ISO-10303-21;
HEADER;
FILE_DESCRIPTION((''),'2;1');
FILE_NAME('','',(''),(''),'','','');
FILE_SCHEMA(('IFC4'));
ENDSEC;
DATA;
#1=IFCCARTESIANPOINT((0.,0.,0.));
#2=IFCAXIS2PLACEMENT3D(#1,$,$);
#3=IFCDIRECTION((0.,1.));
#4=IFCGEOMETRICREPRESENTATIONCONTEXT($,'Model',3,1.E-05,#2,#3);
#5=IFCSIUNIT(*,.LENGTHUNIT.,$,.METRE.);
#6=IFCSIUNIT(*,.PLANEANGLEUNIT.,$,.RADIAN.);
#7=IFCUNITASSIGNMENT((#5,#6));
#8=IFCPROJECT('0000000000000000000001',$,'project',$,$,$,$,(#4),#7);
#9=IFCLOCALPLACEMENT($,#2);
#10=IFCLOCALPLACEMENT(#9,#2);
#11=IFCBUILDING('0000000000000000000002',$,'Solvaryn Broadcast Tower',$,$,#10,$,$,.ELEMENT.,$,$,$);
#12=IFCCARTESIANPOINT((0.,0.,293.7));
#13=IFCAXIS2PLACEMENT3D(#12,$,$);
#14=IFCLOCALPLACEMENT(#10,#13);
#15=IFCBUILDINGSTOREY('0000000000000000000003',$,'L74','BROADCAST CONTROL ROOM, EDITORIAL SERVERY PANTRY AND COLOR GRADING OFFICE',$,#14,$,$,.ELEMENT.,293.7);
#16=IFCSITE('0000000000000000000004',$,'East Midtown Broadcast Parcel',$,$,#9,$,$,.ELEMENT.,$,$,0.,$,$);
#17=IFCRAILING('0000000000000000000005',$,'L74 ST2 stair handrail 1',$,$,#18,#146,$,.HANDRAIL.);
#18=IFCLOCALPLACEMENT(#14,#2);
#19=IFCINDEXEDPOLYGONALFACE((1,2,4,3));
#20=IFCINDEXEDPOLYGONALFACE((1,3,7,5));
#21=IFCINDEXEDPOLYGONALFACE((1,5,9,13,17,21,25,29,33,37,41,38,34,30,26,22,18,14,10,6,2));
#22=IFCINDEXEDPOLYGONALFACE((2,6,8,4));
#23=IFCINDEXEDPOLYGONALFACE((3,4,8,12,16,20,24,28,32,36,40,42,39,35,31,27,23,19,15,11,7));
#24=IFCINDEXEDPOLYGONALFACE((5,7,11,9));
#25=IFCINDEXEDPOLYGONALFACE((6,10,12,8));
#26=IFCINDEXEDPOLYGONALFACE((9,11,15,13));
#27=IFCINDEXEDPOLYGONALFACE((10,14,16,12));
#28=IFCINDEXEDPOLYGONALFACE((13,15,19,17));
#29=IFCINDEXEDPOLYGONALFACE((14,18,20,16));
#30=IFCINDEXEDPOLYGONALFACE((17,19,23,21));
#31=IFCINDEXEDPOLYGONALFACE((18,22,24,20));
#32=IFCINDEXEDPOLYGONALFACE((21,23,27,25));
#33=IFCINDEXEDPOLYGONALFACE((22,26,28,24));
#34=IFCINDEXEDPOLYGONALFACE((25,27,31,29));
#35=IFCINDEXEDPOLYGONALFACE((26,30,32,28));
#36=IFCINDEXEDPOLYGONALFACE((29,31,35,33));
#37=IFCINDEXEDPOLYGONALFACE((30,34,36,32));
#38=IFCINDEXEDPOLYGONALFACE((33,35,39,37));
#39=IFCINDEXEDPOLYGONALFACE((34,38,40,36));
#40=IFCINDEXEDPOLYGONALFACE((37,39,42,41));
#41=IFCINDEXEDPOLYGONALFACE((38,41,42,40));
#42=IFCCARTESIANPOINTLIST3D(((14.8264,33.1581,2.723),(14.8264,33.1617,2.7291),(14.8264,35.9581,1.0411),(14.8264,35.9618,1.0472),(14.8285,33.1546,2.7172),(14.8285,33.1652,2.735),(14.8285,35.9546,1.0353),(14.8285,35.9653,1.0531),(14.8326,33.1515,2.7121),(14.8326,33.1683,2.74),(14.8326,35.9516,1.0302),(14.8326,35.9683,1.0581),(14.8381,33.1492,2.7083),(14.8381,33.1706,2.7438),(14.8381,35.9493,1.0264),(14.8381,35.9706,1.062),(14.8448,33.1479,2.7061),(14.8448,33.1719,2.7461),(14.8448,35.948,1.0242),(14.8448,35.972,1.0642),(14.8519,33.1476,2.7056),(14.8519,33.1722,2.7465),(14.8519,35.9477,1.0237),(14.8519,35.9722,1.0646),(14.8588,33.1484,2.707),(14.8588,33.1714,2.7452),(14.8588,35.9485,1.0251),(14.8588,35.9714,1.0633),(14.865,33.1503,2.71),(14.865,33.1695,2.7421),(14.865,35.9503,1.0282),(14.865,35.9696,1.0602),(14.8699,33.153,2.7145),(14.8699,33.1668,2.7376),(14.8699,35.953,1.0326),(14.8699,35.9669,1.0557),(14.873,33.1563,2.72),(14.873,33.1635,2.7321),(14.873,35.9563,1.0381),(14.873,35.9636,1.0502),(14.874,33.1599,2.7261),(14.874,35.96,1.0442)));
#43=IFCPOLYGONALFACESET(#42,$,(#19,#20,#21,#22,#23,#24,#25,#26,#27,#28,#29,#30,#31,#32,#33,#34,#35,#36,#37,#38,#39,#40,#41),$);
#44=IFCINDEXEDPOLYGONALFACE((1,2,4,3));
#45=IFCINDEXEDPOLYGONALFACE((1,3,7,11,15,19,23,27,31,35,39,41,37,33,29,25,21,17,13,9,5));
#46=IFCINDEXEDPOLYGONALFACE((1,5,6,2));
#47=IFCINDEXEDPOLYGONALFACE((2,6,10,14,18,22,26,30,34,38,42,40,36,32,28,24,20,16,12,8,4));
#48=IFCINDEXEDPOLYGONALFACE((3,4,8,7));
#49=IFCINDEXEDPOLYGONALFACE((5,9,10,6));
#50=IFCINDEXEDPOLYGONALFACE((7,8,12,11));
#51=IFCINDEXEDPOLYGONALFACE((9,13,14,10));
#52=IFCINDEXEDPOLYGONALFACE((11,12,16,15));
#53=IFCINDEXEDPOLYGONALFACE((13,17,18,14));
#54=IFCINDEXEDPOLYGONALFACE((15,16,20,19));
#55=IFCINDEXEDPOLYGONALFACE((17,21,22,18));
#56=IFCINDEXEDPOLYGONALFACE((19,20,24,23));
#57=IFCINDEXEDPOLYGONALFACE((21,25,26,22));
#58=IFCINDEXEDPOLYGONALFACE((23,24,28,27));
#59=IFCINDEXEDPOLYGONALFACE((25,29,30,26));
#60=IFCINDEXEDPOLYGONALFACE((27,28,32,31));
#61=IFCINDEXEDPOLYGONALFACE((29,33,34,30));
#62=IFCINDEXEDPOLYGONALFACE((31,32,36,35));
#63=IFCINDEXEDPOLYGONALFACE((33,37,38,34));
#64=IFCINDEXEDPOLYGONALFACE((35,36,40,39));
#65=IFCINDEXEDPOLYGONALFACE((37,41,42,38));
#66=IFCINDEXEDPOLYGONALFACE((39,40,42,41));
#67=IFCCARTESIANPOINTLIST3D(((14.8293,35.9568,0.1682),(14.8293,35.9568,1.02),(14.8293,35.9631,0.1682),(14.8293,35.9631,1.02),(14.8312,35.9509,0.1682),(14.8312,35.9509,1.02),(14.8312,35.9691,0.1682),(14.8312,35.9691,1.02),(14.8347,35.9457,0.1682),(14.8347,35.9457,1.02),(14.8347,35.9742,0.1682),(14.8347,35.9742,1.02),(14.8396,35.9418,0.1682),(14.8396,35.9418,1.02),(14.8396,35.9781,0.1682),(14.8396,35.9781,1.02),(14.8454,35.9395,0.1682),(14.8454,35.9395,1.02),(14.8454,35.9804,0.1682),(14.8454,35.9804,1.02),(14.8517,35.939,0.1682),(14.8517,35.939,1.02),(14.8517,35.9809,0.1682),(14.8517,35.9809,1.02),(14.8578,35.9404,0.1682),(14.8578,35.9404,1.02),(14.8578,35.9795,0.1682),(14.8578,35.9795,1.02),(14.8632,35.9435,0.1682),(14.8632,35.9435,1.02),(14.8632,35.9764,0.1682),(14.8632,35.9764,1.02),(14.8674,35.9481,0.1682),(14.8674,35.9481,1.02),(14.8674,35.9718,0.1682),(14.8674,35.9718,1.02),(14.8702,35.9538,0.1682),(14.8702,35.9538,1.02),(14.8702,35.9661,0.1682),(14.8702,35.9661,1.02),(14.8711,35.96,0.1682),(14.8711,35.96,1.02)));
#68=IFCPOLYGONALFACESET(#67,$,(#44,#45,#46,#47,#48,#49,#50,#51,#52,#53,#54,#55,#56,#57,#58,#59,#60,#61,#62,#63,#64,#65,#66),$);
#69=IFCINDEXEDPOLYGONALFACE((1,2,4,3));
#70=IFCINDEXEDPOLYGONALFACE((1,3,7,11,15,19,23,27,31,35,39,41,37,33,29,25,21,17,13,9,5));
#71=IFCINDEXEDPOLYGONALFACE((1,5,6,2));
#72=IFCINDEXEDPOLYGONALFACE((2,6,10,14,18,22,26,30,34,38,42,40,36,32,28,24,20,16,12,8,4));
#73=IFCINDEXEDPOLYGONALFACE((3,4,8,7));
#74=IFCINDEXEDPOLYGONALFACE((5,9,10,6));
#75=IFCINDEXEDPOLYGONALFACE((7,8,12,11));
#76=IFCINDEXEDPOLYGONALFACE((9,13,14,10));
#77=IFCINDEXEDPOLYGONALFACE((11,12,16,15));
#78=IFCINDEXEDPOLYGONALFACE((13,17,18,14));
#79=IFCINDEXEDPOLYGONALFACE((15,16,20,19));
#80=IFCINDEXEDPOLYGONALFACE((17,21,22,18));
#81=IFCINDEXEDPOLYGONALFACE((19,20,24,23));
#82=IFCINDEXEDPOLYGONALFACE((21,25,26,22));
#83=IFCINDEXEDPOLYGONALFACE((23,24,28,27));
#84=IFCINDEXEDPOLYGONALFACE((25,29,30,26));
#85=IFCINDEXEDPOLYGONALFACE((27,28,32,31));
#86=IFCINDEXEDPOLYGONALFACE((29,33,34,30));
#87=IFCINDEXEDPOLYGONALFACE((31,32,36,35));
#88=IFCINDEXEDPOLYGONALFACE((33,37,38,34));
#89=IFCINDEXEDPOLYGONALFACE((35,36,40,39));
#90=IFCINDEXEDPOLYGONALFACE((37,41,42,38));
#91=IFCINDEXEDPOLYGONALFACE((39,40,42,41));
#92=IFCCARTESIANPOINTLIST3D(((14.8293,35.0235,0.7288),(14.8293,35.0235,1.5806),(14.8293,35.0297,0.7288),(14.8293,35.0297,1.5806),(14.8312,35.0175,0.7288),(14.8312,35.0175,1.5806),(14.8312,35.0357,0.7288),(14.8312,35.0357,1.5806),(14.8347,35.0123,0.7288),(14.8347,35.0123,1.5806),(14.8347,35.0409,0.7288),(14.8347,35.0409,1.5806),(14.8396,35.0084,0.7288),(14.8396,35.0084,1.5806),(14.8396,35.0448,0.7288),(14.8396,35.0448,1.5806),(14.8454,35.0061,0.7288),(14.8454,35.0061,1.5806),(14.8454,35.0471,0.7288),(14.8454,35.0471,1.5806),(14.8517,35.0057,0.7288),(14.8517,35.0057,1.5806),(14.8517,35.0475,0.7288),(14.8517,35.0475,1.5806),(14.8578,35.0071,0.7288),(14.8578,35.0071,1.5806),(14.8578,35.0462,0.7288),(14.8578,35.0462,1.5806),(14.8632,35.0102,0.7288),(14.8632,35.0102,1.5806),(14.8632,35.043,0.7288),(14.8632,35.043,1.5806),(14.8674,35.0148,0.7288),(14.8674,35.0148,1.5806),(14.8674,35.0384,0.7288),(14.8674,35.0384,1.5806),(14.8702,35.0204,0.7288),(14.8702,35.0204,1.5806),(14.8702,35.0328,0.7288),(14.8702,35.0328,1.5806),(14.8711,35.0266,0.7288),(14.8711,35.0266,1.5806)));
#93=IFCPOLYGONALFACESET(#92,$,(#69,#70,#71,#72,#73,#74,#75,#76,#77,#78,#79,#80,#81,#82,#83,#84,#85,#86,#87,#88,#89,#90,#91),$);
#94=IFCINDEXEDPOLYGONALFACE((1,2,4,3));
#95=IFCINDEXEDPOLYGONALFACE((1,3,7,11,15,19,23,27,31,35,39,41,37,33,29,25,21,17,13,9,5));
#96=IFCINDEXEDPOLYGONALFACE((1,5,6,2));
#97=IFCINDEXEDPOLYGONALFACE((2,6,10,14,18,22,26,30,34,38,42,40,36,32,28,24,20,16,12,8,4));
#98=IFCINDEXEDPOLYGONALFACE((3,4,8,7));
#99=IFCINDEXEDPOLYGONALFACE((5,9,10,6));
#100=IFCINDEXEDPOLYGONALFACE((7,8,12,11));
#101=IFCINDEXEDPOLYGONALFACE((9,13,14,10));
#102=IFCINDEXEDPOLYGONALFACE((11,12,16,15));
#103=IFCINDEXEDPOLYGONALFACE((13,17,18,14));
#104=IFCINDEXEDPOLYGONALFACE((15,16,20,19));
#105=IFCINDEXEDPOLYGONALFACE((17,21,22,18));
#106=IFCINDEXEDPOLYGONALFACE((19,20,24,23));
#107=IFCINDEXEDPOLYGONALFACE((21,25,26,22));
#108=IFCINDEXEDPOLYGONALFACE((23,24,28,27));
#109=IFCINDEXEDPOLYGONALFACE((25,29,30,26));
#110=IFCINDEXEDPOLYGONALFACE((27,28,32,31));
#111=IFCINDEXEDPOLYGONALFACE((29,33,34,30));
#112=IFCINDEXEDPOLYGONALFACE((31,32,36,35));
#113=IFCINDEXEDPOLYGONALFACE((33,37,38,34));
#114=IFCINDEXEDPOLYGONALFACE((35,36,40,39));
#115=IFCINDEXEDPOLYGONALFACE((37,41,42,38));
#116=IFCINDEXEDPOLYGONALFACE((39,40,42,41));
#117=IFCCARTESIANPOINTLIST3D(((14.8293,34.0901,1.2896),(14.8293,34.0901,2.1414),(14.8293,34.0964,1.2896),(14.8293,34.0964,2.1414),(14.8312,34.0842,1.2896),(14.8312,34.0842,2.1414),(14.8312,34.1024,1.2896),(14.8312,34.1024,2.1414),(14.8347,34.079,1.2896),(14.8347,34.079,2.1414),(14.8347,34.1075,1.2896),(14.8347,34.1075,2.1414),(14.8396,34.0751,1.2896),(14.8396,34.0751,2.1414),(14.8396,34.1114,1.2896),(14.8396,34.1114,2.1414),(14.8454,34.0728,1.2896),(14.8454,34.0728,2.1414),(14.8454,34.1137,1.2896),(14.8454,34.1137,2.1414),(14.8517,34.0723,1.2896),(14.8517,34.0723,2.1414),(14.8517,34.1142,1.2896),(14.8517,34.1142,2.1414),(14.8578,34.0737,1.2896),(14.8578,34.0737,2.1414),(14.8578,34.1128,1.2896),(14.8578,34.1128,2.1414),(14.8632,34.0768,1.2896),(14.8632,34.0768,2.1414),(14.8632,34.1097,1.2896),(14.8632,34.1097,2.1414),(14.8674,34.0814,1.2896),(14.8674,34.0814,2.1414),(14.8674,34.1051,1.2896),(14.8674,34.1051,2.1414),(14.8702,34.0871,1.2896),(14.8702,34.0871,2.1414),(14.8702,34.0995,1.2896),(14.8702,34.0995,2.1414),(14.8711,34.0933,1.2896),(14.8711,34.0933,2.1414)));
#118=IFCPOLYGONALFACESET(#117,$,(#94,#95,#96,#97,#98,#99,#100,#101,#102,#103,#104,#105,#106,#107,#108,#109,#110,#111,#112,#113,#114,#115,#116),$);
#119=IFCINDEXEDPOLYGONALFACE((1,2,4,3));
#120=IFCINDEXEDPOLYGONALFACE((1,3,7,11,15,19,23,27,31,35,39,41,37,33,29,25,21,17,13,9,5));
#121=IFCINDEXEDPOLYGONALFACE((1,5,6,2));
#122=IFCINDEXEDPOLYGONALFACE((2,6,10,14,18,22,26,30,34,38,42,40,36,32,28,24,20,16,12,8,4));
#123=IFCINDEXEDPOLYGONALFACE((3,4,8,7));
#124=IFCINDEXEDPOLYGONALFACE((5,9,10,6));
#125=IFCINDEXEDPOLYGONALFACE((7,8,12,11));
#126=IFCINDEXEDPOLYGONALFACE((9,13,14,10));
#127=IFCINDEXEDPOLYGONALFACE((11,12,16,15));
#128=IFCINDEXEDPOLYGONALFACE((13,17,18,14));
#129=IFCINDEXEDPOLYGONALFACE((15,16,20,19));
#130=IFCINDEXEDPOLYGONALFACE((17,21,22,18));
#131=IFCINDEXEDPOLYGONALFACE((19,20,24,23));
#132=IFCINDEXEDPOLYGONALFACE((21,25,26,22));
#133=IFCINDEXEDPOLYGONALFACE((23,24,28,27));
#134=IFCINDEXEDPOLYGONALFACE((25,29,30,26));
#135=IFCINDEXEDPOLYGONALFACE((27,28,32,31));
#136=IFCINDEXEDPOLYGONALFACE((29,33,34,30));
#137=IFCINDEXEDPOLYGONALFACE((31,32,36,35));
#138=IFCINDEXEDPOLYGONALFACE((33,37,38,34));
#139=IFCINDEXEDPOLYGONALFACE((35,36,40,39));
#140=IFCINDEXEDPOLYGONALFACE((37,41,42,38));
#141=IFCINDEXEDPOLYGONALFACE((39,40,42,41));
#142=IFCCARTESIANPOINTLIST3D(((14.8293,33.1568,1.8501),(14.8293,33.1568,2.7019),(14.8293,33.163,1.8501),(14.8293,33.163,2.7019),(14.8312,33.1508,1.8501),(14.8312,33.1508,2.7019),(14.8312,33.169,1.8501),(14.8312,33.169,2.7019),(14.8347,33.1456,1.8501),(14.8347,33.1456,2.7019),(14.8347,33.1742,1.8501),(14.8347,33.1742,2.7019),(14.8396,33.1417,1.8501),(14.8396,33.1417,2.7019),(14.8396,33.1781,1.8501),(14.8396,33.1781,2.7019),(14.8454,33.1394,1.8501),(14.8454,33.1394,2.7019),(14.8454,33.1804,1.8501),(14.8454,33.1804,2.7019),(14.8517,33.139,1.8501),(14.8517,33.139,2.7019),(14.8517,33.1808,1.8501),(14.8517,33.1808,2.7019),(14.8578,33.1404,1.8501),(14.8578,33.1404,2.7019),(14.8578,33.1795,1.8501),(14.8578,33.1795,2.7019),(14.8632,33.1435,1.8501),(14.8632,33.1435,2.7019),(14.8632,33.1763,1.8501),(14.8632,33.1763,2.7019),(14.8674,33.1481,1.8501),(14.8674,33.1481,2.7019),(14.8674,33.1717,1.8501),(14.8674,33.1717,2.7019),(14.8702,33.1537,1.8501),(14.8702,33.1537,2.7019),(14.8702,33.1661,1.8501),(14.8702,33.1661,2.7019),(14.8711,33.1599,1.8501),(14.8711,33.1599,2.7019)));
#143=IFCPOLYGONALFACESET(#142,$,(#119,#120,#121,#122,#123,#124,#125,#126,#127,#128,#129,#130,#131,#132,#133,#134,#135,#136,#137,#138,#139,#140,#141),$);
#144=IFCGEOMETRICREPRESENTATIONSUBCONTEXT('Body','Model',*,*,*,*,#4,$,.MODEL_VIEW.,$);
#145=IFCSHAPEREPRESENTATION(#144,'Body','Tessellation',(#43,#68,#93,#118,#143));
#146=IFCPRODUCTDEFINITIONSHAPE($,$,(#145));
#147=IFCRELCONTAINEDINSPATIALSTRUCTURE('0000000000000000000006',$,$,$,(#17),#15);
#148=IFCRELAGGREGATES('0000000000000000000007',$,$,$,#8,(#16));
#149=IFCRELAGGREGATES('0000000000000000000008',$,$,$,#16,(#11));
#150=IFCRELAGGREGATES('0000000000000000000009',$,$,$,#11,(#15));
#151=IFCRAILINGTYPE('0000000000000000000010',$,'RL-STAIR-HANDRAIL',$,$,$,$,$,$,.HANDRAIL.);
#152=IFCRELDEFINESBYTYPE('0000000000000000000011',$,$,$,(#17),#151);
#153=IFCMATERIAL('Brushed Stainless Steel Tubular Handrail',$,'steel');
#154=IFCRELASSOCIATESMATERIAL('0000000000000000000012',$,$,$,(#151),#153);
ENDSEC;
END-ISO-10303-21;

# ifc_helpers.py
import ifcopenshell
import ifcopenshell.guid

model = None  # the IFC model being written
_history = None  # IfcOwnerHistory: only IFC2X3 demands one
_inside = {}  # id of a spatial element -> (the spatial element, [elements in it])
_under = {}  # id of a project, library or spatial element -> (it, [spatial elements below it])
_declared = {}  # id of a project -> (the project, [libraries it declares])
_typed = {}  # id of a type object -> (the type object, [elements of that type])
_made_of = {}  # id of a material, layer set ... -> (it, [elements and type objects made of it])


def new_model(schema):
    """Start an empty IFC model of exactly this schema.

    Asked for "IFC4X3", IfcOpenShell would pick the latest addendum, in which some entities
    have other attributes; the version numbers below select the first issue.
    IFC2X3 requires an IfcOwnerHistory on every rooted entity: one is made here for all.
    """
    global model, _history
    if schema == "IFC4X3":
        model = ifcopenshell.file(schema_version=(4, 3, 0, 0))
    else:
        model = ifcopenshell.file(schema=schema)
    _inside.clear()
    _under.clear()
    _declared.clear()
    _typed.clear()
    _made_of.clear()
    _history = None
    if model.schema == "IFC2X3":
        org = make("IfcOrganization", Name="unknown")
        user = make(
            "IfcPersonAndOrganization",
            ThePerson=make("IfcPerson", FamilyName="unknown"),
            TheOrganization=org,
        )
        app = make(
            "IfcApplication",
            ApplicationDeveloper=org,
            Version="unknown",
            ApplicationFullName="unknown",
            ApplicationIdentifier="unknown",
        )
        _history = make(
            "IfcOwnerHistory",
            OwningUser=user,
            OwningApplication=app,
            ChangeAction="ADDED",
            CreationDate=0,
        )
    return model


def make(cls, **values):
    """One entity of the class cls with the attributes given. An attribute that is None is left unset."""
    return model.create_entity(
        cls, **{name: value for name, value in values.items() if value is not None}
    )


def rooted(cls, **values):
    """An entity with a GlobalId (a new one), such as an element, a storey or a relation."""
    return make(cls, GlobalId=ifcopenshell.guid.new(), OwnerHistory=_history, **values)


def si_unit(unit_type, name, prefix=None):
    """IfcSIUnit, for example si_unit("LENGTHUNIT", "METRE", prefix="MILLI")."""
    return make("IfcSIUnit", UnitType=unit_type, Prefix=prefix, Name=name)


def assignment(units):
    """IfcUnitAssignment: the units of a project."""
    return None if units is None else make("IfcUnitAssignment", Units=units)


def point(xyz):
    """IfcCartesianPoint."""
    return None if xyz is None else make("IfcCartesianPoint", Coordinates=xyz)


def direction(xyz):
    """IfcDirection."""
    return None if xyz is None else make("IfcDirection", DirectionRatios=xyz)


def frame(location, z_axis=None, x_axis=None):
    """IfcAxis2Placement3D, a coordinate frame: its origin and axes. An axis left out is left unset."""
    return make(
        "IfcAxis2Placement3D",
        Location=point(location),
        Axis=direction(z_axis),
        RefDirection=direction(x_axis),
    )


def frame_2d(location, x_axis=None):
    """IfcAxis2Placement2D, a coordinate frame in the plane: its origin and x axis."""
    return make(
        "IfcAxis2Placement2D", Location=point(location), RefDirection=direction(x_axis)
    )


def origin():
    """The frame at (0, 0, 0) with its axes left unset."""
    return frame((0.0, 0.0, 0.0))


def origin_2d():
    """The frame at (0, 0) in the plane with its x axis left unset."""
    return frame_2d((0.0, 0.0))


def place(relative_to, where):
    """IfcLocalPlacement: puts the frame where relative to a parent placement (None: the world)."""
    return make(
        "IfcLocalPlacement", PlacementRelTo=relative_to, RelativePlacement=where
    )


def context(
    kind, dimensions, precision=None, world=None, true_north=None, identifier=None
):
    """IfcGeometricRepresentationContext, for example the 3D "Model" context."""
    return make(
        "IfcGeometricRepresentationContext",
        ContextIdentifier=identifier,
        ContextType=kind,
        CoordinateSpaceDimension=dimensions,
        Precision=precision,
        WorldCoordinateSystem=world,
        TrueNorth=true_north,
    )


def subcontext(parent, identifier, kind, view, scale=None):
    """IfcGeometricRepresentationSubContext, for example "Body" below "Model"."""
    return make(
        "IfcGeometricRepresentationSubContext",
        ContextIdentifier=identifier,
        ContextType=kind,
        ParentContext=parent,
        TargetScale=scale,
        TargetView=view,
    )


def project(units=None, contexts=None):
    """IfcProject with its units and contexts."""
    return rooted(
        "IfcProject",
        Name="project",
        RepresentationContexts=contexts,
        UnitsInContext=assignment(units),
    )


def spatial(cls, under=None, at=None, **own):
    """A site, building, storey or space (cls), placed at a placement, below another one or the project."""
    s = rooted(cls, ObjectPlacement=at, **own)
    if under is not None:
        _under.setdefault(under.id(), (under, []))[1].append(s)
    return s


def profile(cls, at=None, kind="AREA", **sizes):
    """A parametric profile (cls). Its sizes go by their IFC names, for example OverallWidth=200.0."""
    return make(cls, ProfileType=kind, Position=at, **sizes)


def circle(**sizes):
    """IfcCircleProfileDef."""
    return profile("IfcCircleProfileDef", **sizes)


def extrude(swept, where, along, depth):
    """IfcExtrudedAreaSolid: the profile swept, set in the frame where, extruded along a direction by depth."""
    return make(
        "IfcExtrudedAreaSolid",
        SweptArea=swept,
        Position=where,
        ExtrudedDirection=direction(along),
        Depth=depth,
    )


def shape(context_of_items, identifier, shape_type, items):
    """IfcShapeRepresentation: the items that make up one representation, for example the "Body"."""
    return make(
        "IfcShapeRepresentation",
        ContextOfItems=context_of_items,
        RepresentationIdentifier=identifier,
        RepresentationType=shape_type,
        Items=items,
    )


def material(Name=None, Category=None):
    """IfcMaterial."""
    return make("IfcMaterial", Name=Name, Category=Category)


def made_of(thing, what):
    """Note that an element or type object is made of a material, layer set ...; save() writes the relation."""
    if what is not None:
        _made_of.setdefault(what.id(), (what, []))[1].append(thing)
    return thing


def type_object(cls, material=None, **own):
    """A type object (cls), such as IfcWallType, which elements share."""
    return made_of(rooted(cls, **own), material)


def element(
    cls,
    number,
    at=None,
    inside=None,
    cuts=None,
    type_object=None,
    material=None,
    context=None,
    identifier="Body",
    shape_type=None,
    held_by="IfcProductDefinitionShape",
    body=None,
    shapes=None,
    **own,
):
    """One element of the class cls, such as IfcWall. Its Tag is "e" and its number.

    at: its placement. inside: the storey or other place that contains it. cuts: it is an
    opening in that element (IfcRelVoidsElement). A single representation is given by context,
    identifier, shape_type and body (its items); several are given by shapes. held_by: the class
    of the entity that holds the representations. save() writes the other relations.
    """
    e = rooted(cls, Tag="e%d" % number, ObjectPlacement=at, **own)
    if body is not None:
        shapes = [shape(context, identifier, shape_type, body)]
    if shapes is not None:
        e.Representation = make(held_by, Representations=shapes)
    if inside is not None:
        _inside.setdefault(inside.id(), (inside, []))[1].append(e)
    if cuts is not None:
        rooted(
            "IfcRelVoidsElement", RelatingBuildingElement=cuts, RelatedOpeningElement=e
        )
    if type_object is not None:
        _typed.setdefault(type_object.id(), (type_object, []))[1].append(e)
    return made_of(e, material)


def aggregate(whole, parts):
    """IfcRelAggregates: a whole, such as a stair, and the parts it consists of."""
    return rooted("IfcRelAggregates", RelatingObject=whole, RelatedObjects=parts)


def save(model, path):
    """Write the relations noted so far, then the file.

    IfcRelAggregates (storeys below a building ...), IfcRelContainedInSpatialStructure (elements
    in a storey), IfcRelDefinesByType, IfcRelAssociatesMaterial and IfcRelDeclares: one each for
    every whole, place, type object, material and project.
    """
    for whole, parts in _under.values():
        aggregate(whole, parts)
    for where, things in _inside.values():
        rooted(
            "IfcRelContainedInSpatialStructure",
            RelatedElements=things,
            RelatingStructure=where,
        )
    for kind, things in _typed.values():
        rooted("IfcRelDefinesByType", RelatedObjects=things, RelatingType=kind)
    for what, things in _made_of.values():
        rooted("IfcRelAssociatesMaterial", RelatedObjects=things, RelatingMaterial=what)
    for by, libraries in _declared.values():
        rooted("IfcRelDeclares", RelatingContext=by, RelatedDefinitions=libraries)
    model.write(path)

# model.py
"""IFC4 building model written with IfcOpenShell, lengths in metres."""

from ifc_helpers import new_model, si_unit, direction, frame, origin, origin_2d, place, context, subcontext, project, spatial, circle, extrude, material, type_object, element, save


model = new_model("IFC4")

# Units and contexts
model_context = context("Model", 3, precision=1e-05, world=origin(), true_north=direction((0.0, 1.0)))
body_context = subcontext(model_context, "Body", "Model", "MODEL_VIEW")
ifc_project = project(units=[si_unit("LENGTHUNIT", "METRE"), si_unit("PLANEANGLEUNIT", "RADIAN")], contexts=[model_context])

# Site, building, storey
site_placement = place(None, origin())
site = spatial("IfcSite", under=ifc_project, at=site_placement, Name="East Midtown Broadcast Parcel", CompositionType="ELEMENT", RefElevation=0.0)
building_placement = place(site_placement, origin())
building = spatial("IfcBuilding", under=site, at=building_placement, Name="Solvaryn Broadcast Tower", CompositionType="ELEMENT")
storey_placement = place(building_placement, frame((0.0, 0.0, 293.7)))
storey = spatial("IfcBuildingStorey", under=building, at=storey_placement, Name="L74", Description="BROADCAST CONTROL ROOM, EDITORIAL SERVERY PANTRY AND COLOR GRADING OFFICE", CompositionType="ELEMENT", Elevation=293.7)

# Railing
ifc_material_1 = material(Name="Brushed Stainless Steel Tubular Handrail", Category="steel")
railing_type_1 = type_object("IfcRailingType", Name="RL-STAIR-HANDRAIL", PredefinedType="HANDRAIL", material=ifc_material_1)
railing_1_placement = place(storey_placement, frame((14.8501, 35.96, 0.1682)))
element("IfcRailing", 1, at=railing_1_placement, inside=storey, type_object=railing_type_1, Name="L74 ST2 stair handrail 1", PredefinedType="HANDRAIL", context=body_context, shape_type="SweptSolid", body=[
    extrude(circle(Radius=0.0239, at=origin_2d()), frame((0.0, 0.0, 0.876), z_axis=(0.0, -0.857242, 0.514913), x_axis=(1.0, 0.0, 0.0)), (0.0, 0.0, 1.0), 3.2664),
    extrude(circle(Radius=0.021, at=origin_2d()), origin(), (0.0, 0.0, 1.0), 0.8518),
    extrude(circle(Radius=0.021, at=origin_2d()), frame((0.0, -0.9333, 0.5605)), (0.0, 0.0, 1.0), 0.8518),
    extrude(circle(Radius=0.021, at=origin_2d()), frame((0.0, -1.8667, 1.1213)), (0.0, 0.0, 1.0), 0.8518),
    extrude(circle(Radius=0.021, at=origin_2d()), frame((0.0, -2.8, 1.6819)), (0.0, 0.0, 1.0), 0.8518),
])

save(model, "model.ifc")
